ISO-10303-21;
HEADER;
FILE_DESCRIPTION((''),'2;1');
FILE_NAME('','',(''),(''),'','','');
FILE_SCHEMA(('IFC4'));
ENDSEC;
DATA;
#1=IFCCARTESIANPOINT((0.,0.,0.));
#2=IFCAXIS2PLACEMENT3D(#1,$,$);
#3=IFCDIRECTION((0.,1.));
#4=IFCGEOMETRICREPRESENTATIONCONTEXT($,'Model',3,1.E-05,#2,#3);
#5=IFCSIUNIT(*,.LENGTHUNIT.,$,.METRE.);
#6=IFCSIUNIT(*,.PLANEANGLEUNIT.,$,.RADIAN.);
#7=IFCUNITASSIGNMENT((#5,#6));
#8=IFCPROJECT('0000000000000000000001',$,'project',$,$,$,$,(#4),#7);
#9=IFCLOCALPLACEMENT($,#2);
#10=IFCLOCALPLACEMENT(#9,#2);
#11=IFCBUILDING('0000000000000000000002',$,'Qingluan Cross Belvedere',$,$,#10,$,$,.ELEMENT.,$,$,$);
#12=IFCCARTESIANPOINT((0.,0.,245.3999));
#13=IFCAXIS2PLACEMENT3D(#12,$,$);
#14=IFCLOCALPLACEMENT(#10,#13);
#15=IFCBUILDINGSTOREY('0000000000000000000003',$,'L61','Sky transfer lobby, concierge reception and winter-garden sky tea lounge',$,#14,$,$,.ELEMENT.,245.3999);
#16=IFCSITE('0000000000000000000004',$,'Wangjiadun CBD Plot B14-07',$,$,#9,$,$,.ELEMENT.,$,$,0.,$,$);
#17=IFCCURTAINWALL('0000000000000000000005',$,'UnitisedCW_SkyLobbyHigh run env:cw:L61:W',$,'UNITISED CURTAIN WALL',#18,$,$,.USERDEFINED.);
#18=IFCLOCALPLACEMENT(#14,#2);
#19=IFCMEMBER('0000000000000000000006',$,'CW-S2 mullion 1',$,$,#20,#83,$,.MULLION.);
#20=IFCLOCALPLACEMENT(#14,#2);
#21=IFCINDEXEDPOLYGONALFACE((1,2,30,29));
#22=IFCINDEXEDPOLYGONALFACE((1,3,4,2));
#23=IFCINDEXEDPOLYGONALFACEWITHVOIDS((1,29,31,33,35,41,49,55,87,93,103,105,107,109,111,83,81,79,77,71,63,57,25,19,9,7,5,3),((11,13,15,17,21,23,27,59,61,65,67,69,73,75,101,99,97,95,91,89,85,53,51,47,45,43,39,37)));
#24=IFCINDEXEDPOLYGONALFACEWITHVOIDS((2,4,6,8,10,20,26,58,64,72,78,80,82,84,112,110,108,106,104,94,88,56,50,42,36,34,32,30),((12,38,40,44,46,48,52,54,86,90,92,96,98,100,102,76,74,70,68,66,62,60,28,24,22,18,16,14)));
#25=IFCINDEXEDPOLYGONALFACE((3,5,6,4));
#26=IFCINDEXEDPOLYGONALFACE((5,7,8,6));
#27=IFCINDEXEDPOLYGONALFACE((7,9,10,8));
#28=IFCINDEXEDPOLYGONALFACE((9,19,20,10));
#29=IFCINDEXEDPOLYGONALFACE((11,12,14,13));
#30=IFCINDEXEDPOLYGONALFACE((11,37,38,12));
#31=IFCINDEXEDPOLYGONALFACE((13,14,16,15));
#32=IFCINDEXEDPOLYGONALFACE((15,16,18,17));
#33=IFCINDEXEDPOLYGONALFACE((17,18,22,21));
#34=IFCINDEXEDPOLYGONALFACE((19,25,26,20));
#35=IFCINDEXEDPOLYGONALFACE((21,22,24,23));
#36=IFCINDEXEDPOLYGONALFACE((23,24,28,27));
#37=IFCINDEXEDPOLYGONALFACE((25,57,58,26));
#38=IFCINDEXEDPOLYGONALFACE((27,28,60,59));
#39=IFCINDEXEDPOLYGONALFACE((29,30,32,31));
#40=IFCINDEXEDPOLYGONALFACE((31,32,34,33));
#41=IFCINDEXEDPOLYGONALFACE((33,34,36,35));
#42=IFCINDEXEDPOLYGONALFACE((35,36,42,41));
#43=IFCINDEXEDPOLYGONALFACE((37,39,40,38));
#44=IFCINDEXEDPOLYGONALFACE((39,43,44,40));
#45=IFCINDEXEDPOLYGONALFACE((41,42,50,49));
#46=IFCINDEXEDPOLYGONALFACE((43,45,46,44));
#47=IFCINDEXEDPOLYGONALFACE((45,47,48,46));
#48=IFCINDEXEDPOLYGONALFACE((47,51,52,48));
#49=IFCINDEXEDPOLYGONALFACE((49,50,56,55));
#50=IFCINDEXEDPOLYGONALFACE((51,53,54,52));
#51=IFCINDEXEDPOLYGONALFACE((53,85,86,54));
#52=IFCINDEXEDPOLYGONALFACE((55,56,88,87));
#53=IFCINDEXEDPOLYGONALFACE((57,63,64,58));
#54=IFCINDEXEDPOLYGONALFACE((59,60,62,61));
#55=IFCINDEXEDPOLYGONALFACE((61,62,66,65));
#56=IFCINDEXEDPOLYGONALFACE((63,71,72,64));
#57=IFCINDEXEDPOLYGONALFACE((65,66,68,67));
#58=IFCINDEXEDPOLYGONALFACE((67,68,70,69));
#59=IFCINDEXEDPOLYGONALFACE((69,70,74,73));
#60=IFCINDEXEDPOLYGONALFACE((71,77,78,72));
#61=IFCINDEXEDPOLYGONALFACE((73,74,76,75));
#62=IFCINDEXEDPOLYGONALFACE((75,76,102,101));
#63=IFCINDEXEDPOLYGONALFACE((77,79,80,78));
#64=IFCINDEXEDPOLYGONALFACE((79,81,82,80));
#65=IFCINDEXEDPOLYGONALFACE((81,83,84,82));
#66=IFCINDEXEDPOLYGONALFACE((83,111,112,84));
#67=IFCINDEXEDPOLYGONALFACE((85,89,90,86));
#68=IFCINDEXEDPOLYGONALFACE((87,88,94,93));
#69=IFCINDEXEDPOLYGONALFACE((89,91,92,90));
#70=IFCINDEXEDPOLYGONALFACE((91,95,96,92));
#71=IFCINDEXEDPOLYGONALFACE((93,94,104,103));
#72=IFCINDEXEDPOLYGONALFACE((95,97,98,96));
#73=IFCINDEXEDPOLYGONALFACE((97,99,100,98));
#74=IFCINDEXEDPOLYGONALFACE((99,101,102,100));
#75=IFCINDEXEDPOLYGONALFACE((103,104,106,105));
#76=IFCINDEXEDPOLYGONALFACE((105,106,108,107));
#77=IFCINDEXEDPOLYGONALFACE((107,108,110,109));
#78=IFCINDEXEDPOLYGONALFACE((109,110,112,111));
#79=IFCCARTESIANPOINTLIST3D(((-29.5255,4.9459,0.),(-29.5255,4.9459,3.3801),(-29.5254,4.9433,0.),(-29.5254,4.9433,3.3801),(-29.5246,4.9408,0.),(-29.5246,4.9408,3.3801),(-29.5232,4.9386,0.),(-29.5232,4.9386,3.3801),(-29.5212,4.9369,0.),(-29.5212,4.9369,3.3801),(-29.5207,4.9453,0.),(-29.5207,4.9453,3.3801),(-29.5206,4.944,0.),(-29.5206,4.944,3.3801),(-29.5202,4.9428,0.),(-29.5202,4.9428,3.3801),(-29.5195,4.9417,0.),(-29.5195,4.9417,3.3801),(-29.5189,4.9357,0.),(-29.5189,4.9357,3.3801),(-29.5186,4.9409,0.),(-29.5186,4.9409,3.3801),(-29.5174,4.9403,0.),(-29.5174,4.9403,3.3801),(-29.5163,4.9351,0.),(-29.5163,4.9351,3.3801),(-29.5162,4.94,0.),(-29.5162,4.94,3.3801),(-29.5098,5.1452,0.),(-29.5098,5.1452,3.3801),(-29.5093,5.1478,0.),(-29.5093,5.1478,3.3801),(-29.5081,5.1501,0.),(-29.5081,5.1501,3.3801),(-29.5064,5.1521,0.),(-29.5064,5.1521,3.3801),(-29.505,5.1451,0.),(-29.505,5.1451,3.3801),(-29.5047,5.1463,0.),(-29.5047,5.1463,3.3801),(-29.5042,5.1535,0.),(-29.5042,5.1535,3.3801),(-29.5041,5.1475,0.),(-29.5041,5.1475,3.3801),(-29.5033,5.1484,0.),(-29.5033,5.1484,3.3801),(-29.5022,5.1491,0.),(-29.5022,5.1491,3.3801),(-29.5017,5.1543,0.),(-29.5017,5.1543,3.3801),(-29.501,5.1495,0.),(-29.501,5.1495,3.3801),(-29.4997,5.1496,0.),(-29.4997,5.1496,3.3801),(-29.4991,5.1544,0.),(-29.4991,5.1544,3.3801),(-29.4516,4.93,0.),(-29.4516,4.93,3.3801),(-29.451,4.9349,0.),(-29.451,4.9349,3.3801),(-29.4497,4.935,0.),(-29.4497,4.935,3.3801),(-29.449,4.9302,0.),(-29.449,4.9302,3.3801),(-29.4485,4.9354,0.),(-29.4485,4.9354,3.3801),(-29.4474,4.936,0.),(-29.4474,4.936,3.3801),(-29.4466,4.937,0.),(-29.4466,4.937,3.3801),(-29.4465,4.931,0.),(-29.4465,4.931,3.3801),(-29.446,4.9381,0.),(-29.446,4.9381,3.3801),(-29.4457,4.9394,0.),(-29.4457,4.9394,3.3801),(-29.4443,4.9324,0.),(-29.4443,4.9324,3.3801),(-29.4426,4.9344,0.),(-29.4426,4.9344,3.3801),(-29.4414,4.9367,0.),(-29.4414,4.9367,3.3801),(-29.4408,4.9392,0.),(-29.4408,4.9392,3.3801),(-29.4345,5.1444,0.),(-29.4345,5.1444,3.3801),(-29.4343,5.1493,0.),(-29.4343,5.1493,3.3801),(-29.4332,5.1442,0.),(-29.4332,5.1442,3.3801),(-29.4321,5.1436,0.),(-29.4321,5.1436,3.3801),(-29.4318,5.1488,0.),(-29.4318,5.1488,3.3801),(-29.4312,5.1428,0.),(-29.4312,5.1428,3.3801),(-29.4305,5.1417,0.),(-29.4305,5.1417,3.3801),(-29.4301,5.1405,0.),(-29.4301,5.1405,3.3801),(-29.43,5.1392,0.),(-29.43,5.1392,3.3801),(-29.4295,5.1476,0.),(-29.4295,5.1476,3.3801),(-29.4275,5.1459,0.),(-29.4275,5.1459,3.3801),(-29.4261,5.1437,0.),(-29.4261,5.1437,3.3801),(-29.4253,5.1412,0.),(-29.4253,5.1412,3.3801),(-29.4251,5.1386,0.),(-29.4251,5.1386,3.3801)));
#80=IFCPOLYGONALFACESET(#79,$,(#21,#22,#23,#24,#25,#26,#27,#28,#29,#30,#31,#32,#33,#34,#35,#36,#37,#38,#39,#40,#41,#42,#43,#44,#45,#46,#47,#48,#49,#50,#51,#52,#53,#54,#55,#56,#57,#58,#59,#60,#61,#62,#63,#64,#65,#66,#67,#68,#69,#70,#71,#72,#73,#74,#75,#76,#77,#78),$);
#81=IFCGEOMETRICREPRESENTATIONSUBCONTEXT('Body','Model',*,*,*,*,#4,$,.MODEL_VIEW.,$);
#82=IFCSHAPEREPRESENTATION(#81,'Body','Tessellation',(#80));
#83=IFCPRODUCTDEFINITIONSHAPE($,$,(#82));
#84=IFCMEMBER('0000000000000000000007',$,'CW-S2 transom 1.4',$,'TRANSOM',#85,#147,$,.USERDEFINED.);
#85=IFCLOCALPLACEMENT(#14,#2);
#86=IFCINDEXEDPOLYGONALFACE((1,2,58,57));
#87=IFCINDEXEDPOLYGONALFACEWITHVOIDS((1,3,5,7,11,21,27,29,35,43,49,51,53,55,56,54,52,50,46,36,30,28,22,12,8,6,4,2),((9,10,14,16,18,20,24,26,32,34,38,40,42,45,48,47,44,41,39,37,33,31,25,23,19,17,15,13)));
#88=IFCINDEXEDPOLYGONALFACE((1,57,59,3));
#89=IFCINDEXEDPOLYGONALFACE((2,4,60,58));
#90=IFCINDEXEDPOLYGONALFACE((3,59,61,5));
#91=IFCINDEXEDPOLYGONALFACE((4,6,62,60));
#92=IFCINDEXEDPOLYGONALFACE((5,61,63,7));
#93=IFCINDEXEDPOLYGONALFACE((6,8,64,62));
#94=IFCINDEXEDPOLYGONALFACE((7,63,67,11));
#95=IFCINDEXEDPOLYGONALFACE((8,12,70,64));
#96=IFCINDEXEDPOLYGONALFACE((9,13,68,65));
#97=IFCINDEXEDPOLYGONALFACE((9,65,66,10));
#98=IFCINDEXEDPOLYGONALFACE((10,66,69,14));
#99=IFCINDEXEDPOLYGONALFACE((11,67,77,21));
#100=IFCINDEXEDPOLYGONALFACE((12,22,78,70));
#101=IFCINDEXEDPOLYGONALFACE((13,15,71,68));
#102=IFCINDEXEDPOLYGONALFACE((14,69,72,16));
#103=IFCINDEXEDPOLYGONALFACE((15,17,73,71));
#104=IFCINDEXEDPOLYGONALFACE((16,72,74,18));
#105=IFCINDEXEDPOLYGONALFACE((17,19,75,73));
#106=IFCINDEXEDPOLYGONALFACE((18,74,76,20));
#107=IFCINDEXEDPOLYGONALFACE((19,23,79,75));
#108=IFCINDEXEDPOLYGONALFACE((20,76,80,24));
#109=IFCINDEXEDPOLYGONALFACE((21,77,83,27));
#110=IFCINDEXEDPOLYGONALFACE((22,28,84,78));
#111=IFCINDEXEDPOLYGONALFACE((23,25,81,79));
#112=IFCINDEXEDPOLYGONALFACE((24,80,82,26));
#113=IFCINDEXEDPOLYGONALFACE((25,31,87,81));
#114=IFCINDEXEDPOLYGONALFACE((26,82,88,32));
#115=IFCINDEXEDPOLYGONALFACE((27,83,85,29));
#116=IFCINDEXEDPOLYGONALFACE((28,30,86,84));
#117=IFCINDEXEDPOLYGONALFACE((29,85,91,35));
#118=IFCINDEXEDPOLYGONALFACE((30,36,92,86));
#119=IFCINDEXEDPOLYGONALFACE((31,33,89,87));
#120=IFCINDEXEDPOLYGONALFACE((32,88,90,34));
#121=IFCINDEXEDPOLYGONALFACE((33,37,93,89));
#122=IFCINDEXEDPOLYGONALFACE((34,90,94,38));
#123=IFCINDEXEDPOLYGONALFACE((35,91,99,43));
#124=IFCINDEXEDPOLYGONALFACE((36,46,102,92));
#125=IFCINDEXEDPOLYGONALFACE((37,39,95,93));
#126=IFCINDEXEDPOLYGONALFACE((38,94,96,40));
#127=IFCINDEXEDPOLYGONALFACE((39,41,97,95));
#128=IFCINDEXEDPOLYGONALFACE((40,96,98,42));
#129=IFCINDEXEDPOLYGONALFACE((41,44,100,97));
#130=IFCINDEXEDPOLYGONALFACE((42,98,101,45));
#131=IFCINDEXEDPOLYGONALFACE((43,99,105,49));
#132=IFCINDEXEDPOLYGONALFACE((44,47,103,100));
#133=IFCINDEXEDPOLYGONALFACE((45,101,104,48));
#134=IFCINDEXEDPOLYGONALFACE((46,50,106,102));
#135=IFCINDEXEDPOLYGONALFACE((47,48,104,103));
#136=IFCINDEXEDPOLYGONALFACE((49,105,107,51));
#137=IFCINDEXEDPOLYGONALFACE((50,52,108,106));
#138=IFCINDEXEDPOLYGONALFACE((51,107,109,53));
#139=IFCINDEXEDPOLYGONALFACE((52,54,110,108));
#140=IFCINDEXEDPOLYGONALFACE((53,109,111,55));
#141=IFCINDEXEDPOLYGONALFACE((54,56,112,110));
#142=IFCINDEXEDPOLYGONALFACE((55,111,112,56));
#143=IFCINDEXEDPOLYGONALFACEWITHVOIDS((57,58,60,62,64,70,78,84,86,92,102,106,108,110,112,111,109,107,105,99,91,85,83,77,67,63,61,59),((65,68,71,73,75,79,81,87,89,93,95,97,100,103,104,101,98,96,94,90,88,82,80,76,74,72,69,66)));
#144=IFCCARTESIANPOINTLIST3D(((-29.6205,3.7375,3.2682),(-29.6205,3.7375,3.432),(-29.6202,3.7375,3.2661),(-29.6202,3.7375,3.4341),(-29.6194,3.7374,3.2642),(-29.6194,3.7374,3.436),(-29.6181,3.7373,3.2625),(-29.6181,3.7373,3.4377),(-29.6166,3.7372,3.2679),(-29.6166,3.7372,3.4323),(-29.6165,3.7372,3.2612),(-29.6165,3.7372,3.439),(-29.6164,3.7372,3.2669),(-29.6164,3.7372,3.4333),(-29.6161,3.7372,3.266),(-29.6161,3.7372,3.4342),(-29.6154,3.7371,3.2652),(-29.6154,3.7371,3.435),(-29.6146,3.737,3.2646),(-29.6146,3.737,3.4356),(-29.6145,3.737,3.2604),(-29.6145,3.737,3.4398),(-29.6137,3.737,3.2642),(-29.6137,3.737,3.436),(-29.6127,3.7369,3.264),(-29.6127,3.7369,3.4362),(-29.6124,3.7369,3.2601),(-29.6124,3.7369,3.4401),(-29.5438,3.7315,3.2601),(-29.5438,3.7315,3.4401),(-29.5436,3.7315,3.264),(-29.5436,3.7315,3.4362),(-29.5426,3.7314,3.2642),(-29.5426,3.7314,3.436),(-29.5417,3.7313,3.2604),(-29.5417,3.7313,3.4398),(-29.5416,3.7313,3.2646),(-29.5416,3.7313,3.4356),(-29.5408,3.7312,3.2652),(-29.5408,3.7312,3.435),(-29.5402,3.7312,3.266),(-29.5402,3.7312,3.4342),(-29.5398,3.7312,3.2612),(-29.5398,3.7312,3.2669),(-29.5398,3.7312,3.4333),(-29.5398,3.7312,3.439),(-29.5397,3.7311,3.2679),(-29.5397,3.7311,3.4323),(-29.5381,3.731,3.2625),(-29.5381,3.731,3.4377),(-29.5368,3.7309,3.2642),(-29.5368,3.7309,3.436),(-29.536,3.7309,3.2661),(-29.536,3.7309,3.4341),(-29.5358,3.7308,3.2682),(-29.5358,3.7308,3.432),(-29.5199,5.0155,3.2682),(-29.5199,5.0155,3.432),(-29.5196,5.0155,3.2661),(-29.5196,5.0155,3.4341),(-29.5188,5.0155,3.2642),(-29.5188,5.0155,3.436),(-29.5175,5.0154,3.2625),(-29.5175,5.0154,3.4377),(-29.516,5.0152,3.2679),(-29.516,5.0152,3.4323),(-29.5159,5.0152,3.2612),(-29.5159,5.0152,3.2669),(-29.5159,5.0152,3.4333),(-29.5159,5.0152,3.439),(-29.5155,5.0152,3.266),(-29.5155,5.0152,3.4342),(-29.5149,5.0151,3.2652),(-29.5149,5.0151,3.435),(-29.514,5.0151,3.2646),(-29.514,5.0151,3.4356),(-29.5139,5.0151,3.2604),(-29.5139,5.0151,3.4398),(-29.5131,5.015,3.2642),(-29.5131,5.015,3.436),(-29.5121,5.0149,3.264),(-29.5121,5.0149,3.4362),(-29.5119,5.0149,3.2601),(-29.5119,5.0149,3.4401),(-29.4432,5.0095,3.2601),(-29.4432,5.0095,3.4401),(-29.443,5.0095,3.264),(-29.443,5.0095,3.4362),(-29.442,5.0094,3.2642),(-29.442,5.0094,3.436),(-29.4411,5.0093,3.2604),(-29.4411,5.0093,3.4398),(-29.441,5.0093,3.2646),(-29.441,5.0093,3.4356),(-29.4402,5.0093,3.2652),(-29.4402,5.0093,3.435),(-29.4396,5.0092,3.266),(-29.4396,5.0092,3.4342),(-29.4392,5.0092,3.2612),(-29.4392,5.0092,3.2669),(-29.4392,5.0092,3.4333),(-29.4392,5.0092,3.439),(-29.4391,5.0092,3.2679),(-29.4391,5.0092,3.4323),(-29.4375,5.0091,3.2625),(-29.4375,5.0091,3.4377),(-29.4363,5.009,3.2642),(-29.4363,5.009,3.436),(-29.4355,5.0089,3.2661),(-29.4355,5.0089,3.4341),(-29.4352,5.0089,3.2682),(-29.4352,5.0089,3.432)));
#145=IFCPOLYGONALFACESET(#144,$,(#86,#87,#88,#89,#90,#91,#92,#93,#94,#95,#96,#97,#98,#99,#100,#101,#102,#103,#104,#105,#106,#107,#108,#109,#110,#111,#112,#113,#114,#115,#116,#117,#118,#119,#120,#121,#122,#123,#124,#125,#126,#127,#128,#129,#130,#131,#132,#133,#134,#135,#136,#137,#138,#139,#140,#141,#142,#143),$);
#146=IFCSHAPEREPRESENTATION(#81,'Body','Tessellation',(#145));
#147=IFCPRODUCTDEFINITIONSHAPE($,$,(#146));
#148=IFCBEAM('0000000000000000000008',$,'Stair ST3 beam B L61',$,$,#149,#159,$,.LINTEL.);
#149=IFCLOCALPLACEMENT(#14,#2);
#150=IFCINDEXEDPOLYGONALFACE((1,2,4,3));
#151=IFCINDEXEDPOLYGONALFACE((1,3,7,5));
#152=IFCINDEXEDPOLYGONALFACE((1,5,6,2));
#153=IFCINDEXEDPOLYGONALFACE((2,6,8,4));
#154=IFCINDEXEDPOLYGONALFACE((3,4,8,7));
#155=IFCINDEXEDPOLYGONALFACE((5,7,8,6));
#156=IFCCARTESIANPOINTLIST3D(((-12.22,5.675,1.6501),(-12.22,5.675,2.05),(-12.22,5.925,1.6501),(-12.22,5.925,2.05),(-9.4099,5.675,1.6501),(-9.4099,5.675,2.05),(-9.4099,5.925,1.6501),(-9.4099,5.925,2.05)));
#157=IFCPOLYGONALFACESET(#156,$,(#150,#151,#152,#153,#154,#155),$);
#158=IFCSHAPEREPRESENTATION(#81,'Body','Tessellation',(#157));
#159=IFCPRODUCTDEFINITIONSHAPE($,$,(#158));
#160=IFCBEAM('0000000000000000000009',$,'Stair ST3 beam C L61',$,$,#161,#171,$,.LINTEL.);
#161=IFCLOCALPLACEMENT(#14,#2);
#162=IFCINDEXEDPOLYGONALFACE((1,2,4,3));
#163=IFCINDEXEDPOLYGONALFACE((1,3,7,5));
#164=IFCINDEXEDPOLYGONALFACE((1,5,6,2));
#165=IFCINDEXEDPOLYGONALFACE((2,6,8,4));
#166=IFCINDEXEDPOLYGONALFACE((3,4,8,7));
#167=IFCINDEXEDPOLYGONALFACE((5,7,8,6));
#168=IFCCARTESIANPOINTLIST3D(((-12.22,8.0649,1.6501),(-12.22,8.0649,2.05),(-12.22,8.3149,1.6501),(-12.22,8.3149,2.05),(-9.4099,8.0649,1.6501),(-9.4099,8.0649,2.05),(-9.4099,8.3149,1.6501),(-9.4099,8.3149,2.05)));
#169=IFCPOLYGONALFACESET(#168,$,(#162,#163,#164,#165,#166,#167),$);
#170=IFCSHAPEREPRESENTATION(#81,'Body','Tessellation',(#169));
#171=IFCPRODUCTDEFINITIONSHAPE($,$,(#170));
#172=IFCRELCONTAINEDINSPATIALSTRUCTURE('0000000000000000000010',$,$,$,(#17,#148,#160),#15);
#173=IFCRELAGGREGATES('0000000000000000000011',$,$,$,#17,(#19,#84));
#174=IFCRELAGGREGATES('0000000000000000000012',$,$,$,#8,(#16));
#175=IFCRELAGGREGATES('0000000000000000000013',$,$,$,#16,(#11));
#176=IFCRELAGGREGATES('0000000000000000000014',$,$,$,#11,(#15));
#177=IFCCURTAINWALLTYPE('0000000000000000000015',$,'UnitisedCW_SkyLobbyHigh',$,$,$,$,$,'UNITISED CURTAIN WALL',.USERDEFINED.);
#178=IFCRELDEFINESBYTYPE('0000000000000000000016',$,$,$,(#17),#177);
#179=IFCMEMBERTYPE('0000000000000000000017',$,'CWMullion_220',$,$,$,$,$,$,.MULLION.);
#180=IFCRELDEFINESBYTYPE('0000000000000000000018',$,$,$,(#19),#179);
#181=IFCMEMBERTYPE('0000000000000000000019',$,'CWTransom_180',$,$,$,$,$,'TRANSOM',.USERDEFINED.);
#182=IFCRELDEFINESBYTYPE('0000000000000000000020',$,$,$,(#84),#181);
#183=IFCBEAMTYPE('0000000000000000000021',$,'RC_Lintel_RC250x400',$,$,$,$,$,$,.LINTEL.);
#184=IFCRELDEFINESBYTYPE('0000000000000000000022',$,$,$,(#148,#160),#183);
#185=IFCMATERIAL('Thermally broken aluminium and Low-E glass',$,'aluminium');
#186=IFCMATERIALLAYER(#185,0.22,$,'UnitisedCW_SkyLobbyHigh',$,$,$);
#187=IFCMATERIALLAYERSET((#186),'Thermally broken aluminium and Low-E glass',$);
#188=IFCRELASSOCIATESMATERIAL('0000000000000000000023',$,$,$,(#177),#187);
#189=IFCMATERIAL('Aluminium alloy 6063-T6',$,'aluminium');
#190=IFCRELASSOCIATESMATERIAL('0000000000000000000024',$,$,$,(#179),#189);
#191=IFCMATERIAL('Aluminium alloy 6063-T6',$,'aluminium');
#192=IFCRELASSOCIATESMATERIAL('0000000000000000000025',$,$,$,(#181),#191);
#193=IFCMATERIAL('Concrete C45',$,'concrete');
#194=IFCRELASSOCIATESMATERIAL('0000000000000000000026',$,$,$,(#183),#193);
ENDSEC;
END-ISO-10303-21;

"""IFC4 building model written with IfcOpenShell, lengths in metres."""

from ifc_helpers import new_model, si_unit, direction, frame, origin, origin_2d, place, context, subcontext, project, spatial, rectangle, hollow_rectangle, extrude, material, layer, layer_set, material_profile, profile_set, type_object, element, aggregate, save


model = new_model("IFC4")

# Units and contexts
model_context = context("Model", 3, precision=1e-05, world=origin(), true_north=direction((0.0, 1.0)))
body_context = subcontext(model_context, "Body", "Model", "MODEL_VIEW")
ifc_project = project(units=[si_unit("LENGTHUNIT", "METRE"), si_unit("PLANEANGLEUNIT", "RADIAN")], contexts=[model_context])

# Site, building, storey
site_placement = place(None, origin())
site = spatial("IfcSite", under=ifc_project, at=site_placement, Name="Wangjiadun CBD Plot B14-07", CompositionType="ELEMENT", RefElevation=0.0)
building_placement = place(site_placement, origin())
building = spatial("IfcBuilding", under=site, at=building_placement, Name="Qingluan Cross Belvedere", CompositionType="ELEMENT")
storey_placement = place(building_placement, frame((0.0, 0.0, 245.3999)))
storey = spatial("IfcBuildingStorey", under=building, at=storey_placement, Name="L61", Description="Sky transfer lobby, concierge reception and winter-garden sky tea lounge", CompositionType="ELEMENT", Elevation=245.3999)

# Curtain wall, members
ifc_material_1 = material(Name="Thermally broken aluminium and Low-E glass", Category="aluminium")
ifc_layer_1 = layer(ifc_material_1, 0.22, Name="UnitisedCW_SkyLobbyHigh")
ifc_layer_set_1 = layer_set([ifc_layer_1], Name="Thermally broken aluminium and Low-E glass")
curtain_wall_type = type_object("IfcCurtainWallType", Name="UnitisedCW_SkyLobbyHigh", ElementType="UNITISED CURTAIN WALL", PredefinedType="USERDEFINED", material=ifc_layer_set_1)
curtain_wall_placement = place(storey_placement, origin())
curtain_wall = element("IfcCurtainWall", 1, at=curtain_wall_placement, inside=storey, type_object=curtain_wall_type, Name="UnitisedCW_SkyLobbyHigh run env:cw:L61:W", ObjectType="UNITISED CURTAIN WALL", PredefinedType="USERDEFINED")
ifc_material_2 = material(Name="Aluminium alloy 6063-T6", Category="aluminium")
ifc_material_profile_1 = material_profile(ifc_material_2, hollow_rectangle(XDim=0.085, YDim=0.22, WallThickness=0.0049, InnerFilletRadius=0.0049, OuterFilletRadius=0.01, at=origin_2d()), Name="CWM220x85x5")
ifc_profile_set_1 = profile_set([ifc_material_profile_1], Name="Aluminium alloy 6063-T6")
member_type_1 = type_object("IfcMemberType", Name="CWMullion_220", PredefinedType="MULLION", material=ifc_profile_set_1)
member_1_placement = place(storey_placement, frame((-29.4753, 5.0422, 0.0), z_axis=(0.0, 0.0, 1.0), x_axis=(0.996917, -0.078462, 0.0)))
member_1 = element("IfcMember", 2, at=member_1_placement, type_object=member_type_1, Name="CW-S2 mullion 1", PredefinedType="MULLION", context=body_context, shape_type="SweptSolid", body=[
    extrude(hollow_rectangle(XDim=0.085, YDim=0.22, WallThickness=0.0049, InnerFilletRadius=0.0049, OuterFilletRadius=0.01, at=origin_2d()), origin(), (0.0, 0.0, 1.0), 3.3801),
])
ifc_material_3 = material(Name="Aluminium alloy 6063-T6", Category="aluminium")
ifc_material_profile_2 = material_profile(ifc_material_3, hollow_rectangle(XDim=0.085, YDim=0.1799, WallThickness=0.0039, InnerFilletRadius=0.0039, OuterFilletRadius=0.0081, at=origin_2d()), Name="CWT180x85x4")
ifc_profile_set_2 = profile_set([ifc_material_profile_2], Name="Aluminium alloy 6063-T6")
member_type_2 = type_object("IfcMemberType", Name="CWTransom_180", ElementType="TRANSOM", PredefinedType="USERDEFINED", material=ifc_profile_set_2)
member_2_placement = place(storey_placement, frame((-29.4775, 5.0122, 3.3501), z_axis=(-0.078458, -0.996917, 0.0), x_axis=(0.996917, -0.078458, 0.0)))
member_2 = element("IfcMember", 3, at=member_2_placement, type_object=member_type_2, Name="CW-S2 transom 1.4", ObjectType="TRANSOM", PredefinedType="USERDEFINED", context=body_context, shape_type="SweptSolid", body=[
    extrude(hollow_rectangle(XDim=0.085, YDim=0.1799, WallThickness=0.0039, InnerFilletRadius=0.0039, OuterFilletRadius=0.0081, at=origin_2d()), origin(), (0.0, 0.0, 1.0), 1.282),
])
aggregate(curtain_wall, [member_1, member_2])

# Beams
ifc_material_4 = material(Name="Concrete C45", Category="concrete")
ifc_material_profile_3 = material_profile(ifc_material_4, rectangle(XDim=0.25, YDim=0.3999, at=origin_2d()), Name="RC250x400")
ifc_profile_set_3 = profile_set([ifc_material_profile_3], Name="Concrete C45")
beam_type_1 = type_object("IfcBeamType", Name="RC_Lintel_RC250x400", PredefinedType="LINTEL", material=ifc_profile_set_3)
for number, where, z_axis, x_axis, name in (
    (4, (-12.22, 5.8, 1.8501), (1.0, 0.0, 0.0), (0.0, 1.0, 0.0), "Stair ST3 beam B L61"),
    (5, (-12.22, 8.1899, 1.8501), (1.0, 0.0, 0.0), (0.0, 1.0, 0.0), "Stair ST3 beam C L61"),
):
    element("IfcBeam", number, at=place(storey_placement, frame(where, z_axis=z_axis, x_axis=x_axis)), inside=storey, type_object=beam_type_1, Name=name, PredefinedType="LINTEL", context=body_context, shape_type="SweptSolid", body=[
        extrude(rectangle(XDim=0.25, YDim=0.3999, at=origin_2d()), origin(), (0.0, 0.0, 1.0), 2.8101),
    ])

save(model, "model.ifc")
